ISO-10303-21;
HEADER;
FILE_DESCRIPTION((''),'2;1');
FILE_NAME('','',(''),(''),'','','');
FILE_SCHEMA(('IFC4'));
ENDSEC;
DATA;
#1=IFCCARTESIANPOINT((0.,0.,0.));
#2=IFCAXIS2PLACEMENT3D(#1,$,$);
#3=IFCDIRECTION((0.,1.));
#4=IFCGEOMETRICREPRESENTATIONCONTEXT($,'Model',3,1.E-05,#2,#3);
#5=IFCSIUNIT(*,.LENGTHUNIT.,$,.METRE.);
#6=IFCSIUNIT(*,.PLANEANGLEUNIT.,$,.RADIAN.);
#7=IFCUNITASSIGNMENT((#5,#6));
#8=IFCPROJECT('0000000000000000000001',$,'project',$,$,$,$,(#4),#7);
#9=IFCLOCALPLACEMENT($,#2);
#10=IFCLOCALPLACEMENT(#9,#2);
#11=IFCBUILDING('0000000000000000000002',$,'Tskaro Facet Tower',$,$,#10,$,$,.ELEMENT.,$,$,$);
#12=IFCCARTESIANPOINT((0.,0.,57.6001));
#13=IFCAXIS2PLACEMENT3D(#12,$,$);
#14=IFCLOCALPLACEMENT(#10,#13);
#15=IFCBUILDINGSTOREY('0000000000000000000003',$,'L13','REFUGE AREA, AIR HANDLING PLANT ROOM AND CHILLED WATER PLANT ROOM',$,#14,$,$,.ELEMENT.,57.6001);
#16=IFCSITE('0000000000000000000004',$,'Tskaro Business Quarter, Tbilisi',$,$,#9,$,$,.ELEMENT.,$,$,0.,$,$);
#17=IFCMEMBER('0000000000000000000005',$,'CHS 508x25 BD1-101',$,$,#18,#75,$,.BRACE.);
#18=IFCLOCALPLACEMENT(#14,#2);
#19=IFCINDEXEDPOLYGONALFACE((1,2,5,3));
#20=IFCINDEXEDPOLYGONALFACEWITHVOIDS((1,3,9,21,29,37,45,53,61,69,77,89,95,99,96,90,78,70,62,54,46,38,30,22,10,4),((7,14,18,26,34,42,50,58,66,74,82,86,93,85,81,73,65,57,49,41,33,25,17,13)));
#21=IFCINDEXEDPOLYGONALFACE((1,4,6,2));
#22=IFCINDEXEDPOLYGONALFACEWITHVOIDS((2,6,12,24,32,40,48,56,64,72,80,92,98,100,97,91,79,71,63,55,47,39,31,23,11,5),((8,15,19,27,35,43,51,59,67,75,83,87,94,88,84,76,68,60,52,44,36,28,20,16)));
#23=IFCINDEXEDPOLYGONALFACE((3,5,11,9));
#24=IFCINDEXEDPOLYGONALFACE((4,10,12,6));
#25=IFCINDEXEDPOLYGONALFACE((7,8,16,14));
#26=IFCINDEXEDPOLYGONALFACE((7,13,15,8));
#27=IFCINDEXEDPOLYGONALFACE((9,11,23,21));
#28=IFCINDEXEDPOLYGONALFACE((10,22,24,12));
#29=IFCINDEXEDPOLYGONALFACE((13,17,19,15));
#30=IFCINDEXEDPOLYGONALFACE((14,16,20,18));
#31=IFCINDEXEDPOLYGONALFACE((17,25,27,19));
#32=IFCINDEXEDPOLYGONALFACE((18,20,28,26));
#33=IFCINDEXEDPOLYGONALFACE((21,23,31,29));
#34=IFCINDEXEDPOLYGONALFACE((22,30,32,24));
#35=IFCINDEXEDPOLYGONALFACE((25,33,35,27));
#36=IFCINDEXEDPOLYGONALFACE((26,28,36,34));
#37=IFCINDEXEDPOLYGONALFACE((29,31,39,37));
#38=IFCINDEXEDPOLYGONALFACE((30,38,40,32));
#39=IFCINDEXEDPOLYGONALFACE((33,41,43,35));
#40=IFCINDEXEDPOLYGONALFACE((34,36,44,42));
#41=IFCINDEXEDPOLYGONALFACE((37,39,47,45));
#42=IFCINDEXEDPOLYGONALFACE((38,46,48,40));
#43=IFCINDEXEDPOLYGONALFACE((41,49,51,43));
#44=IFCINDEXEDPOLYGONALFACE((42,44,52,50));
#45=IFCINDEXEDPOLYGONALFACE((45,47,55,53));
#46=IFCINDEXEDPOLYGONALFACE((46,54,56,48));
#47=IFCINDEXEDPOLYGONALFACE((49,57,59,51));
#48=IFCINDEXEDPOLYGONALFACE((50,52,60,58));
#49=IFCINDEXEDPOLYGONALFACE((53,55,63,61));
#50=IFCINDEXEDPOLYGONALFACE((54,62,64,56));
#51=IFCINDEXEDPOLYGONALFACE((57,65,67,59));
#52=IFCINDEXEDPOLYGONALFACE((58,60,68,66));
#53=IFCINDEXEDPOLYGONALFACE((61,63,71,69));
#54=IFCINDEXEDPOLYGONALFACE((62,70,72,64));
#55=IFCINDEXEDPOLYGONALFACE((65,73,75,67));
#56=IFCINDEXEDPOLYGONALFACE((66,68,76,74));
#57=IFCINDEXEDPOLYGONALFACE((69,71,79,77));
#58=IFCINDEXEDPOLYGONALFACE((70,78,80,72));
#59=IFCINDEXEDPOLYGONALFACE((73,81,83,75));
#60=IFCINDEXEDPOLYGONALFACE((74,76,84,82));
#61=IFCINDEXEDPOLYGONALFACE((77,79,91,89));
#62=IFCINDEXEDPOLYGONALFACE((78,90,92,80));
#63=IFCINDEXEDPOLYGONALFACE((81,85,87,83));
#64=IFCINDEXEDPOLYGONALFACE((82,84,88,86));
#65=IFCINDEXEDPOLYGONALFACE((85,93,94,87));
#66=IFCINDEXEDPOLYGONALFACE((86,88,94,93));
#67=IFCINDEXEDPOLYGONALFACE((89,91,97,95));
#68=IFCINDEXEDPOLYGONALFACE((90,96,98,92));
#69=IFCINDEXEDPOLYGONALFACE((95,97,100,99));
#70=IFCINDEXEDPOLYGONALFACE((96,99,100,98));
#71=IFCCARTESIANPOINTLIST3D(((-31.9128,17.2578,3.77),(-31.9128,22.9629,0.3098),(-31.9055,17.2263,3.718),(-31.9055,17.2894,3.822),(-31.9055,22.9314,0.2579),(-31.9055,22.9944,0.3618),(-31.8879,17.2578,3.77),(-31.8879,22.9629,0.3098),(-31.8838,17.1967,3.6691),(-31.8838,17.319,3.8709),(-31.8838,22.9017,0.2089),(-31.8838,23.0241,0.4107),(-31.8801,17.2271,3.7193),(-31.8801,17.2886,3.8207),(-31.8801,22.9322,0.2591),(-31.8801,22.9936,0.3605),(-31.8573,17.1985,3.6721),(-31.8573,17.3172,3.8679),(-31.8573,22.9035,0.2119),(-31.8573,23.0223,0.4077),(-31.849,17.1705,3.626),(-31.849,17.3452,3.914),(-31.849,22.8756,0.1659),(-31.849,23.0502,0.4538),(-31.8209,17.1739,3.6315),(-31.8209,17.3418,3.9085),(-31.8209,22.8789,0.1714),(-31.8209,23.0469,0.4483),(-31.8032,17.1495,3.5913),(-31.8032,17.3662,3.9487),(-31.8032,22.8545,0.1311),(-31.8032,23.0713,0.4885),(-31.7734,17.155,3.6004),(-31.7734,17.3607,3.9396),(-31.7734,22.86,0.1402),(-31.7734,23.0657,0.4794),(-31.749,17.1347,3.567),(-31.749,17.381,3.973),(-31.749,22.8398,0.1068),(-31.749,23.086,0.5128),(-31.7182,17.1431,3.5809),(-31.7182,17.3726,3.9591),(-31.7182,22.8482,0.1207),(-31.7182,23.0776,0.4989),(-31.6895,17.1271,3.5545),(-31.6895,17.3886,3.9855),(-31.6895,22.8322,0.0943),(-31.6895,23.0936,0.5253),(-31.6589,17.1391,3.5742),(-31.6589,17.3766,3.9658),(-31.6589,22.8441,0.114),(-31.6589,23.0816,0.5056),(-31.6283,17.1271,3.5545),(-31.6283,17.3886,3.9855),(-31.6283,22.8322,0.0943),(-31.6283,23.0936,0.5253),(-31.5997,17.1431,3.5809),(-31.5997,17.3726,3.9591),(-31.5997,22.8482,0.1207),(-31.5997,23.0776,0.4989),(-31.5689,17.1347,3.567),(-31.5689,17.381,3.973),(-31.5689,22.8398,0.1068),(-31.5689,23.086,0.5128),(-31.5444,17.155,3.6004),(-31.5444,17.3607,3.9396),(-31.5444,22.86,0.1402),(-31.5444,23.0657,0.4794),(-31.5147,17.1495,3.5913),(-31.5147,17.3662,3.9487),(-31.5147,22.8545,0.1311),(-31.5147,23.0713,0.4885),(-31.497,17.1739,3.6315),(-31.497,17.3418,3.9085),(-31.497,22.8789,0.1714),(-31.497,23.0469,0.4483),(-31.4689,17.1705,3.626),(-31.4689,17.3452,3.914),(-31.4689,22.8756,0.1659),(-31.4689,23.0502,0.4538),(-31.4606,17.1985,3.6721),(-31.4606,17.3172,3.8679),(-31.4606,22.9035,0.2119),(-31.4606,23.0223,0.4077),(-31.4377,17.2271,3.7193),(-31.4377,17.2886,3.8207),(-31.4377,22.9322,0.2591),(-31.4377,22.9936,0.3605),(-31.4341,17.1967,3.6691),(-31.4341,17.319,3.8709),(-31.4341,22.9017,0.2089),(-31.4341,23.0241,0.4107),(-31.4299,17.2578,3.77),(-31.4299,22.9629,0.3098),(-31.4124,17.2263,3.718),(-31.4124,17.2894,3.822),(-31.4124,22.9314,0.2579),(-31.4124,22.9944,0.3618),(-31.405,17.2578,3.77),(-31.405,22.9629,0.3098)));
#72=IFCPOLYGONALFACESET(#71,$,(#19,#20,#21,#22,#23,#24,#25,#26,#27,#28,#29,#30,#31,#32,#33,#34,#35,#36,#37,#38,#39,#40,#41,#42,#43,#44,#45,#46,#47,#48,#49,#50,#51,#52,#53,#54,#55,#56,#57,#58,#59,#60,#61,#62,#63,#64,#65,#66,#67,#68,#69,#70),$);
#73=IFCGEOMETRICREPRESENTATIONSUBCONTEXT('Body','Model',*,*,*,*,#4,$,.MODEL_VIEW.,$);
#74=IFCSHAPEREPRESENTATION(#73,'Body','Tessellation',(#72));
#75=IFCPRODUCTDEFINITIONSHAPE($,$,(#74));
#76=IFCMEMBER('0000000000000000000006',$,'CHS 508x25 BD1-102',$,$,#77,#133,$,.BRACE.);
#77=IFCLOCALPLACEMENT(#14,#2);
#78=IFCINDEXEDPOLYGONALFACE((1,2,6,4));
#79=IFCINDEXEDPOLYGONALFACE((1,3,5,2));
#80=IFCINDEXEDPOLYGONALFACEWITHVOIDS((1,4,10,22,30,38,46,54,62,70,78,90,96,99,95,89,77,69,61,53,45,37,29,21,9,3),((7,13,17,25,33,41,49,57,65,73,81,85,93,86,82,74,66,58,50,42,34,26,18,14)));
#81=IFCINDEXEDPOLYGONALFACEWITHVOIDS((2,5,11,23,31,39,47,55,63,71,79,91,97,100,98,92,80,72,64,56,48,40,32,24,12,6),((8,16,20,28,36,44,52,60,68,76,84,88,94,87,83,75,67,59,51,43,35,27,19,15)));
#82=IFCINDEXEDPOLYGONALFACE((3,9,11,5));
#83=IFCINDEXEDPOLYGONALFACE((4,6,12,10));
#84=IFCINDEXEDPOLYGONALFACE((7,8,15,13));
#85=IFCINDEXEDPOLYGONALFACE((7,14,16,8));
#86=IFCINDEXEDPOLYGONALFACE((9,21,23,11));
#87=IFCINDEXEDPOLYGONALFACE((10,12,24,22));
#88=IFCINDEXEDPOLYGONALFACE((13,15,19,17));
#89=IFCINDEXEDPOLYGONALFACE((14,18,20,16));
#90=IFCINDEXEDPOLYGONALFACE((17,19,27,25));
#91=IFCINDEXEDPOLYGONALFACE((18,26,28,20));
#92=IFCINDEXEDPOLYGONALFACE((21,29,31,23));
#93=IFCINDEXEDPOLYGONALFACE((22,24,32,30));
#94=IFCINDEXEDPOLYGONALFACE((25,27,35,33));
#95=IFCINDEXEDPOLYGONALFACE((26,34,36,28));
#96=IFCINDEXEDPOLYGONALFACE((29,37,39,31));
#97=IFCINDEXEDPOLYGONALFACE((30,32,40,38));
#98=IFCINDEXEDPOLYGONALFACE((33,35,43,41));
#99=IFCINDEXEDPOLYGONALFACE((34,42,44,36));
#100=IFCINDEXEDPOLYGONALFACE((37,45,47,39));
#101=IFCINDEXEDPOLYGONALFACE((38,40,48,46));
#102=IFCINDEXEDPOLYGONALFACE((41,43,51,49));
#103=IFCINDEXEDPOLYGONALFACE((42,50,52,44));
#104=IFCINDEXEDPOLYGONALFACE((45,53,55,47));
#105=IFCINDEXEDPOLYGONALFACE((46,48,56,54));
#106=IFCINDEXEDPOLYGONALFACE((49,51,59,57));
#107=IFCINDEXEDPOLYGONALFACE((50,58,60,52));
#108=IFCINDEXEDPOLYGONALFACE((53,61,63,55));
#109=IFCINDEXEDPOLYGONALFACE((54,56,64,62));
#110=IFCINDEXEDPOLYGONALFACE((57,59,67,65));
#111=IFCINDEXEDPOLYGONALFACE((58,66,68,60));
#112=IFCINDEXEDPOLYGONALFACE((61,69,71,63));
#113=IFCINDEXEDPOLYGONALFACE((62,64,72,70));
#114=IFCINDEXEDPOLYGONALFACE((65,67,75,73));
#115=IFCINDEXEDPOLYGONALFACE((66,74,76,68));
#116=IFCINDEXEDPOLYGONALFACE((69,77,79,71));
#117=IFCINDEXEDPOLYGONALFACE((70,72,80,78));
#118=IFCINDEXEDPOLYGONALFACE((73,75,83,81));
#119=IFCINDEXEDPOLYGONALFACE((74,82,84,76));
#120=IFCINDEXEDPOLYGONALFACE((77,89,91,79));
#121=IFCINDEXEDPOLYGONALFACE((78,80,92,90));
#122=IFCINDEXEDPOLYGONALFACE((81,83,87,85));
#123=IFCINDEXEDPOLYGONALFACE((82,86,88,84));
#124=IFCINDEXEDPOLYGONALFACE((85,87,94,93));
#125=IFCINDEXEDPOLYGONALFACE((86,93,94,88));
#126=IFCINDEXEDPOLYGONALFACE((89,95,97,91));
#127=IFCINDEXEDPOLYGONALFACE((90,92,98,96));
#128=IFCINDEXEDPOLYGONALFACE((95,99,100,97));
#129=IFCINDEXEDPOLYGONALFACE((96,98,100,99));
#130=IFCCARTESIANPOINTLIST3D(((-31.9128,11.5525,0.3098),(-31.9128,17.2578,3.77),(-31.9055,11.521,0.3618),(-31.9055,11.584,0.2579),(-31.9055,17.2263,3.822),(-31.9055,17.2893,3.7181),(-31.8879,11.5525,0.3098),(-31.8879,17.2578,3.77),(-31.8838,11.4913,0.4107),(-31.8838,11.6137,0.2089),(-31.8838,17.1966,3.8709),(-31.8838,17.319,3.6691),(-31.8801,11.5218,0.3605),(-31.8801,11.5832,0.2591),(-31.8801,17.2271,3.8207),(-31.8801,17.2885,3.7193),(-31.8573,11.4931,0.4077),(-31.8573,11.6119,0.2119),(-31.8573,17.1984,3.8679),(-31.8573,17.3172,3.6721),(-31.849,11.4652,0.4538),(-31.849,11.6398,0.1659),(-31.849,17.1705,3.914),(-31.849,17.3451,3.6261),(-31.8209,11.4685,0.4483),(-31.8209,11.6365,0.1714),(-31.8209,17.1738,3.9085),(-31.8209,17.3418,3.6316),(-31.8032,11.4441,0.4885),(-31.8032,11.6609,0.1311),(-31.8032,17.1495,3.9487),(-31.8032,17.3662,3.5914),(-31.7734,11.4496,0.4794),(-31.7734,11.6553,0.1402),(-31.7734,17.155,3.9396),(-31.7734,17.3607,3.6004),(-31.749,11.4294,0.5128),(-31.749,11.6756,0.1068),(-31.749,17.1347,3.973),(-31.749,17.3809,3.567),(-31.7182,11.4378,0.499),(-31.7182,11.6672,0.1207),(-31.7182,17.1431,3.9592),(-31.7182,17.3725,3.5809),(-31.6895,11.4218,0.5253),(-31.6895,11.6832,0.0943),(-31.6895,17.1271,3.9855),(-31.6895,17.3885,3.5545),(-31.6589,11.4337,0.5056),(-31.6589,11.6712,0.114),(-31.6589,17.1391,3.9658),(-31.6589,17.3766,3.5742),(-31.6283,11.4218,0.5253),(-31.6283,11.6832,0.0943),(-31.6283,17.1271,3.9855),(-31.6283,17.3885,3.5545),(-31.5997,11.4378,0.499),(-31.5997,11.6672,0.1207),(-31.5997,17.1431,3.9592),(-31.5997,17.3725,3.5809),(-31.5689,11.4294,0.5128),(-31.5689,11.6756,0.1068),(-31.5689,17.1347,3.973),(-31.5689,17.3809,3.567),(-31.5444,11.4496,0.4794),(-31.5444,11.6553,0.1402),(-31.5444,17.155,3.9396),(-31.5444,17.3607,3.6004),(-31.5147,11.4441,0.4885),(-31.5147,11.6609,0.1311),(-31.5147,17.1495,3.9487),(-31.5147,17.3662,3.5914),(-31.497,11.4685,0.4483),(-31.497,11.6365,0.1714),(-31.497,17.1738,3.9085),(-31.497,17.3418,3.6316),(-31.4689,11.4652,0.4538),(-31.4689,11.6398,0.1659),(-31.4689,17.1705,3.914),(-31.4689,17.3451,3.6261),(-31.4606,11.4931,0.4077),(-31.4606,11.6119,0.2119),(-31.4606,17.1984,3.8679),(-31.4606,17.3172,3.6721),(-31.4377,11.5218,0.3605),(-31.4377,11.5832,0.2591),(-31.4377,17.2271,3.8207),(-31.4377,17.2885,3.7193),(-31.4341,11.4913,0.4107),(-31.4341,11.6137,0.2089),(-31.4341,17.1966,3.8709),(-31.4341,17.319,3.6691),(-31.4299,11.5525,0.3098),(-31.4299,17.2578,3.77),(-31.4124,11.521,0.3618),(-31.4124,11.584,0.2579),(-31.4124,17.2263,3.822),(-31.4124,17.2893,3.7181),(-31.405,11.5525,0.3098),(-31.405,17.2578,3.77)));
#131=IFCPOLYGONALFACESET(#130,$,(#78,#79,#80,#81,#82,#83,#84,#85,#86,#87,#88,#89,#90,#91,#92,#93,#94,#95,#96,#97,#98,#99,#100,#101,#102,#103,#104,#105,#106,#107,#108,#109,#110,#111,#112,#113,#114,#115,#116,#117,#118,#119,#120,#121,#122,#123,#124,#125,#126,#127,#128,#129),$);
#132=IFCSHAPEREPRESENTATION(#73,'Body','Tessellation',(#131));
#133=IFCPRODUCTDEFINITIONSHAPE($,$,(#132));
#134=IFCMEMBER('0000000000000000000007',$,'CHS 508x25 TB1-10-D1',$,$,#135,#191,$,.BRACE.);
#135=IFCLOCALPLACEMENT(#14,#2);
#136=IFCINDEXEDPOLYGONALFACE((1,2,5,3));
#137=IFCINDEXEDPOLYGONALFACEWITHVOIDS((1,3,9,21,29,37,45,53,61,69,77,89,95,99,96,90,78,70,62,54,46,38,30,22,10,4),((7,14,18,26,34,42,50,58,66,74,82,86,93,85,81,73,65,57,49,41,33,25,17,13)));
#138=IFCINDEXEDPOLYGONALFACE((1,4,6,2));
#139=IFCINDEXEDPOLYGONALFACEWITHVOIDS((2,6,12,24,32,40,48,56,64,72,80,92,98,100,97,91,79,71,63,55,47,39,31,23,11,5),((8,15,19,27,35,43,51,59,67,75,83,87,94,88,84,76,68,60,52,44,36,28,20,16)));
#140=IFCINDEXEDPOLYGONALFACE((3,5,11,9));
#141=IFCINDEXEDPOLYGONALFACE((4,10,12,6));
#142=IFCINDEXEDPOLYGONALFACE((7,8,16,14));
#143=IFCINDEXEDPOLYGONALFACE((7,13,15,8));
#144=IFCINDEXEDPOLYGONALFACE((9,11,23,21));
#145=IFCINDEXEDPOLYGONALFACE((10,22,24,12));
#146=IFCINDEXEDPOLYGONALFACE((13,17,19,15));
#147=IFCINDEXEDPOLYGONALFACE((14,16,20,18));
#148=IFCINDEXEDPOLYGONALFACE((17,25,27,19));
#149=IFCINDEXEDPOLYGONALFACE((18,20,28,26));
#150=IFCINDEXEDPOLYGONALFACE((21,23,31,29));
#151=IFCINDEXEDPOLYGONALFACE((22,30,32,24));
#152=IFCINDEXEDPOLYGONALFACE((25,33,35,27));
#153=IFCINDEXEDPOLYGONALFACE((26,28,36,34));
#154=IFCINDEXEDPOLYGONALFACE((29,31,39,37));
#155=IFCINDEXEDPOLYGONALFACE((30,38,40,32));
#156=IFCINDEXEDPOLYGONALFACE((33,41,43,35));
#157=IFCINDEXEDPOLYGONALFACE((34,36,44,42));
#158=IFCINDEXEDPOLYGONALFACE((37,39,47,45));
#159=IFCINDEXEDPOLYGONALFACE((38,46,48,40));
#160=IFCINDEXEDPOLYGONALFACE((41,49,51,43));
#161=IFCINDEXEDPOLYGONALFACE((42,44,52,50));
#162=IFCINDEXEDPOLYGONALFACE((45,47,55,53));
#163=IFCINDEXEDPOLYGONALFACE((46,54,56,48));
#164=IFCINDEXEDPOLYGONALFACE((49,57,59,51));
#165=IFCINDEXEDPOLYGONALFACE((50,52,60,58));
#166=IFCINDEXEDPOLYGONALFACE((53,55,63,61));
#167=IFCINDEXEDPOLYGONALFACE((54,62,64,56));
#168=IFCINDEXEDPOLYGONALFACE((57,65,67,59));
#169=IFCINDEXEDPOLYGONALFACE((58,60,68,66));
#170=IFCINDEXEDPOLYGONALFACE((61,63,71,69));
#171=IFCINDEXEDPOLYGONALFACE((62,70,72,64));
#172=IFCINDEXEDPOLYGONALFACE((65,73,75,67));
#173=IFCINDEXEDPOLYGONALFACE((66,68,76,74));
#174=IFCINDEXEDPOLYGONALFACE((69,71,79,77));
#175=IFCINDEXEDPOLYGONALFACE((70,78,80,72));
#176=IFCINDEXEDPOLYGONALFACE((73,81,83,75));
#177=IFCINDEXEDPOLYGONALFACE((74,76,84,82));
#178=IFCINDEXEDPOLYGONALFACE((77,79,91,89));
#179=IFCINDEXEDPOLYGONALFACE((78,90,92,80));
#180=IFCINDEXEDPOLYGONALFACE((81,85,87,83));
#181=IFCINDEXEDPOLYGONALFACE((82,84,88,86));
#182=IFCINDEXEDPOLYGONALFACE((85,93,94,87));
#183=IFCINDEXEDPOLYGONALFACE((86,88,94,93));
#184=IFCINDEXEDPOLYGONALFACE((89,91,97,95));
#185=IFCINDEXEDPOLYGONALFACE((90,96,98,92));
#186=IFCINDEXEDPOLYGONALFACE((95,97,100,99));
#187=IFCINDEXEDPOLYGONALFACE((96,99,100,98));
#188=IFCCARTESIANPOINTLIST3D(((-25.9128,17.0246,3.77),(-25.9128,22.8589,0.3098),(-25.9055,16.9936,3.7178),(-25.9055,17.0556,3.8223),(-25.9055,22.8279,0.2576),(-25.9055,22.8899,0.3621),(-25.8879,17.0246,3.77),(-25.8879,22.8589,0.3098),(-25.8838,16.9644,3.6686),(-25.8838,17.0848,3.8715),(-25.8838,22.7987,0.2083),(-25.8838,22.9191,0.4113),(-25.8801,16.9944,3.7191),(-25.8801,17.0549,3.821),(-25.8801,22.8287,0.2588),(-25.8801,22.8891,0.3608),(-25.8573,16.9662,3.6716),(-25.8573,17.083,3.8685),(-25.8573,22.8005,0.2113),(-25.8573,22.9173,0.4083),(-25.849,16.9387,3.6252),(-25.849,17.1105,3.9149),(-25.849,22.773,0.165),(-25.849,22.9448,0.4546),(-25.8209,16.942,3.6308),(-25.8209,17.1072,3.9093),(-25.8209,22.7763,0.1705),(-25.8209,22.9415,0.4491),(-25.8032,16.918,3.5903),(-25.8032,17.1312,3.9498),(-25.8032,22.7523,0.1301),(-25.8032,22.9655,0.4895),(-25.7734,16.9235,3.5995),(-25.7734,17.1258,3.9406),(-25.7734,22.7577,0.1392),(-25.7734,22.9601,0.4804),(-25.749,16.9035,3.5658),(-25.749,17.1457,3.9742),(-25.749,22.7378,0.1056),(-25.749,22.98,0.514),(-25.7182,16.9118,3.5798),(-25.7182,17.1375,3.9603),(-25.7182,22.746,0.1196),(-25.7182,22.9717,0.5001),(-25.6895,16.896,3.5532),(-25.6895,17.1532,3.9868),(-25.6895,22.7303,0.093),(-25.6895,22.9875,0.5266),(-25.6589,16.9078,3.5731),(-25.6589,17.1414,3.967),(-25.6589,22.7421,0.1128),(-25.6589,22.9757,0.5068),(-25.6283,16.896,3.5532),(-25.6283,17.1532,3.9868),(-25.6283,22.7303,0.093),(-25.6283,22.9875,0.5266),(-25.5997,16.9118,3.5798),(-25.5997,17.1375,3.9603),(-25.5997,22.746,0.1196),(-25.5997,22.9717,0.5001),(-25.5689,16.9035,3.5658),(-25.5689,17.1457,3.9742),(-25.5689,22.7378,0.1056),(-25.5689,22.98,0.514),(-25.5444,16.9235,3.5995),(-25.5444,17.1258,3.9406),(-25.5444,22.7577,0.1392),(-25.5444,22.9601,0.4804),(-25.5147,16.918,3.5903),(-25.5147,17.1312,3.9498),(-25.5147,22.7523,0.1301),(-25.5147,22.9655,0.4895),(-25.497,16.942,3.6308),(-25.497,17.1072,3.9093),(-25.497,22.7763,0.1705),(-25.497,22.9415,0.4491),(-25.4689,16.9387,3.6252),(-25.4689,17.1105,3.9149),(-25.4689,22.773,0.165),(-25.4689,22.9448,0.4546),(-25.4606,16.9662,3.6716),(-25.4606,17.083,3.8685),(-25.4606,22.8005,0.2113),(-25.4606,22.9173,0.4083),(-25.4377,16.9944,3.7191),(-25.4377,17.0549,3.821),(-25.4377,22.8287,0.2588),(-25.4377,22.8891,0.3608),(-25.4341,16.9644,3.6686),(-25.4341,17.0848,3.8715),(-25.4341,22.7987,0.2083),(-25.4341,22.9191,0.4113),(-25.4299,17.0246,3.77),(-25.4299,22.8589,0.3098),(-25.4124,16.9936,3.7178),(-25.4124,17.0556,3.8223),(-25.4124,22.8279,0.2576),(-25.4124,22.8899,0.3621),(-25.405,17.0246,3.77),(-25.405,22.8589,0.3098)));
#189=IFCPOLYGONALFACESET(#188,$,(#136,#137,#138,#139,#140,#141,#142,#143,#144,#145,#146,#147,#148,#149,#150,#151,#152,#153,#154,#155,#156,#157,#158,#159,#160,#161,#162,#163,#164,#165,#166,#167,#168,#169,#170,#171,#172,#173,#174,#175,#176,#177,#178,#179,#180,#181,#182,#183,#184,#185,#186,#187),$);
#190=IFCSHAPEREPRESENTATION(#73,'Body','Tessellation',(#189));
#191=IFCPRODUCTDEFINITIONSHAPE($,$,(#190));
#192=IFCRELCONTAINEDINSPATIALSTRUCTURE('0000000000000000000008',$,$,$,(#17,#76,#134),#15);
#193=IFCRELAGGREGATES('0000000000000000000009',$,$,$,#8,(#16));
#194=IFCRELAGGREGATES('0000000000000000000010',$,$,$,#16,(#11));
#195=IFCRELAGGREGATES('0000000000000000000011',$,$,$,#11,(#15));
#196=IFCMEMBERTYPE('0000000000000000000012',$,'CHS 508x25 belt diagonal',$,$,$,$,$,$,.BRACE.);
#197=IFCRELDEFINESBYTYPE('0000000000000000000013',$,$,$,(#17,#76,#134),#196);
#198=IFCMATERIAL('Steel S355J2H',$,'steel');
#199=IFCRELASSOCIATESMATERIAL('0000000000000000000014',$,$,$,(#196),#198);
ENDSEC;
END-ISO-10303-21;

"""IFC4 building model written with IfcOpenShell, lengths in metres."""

from ifc_helpers import new_model, si_unit, direction, frame, origin, origin_2d, place, context, subcontext, project, spatial, hollow_circle, extrude, material, material_profile, profile_set, type_object, element, save


model = new_model("IFC4")

# Units and contexts
model_context = context("Model", 3, precision=1e-05, world=origin(), true_north=direction((0.0, 1.0)))
body_context = subcontext(model_context, "Body", "Model", "MODEL_VIEW")
ifc_project = project(units=[si_unit("LENGTHUNIT", "METRE"), si_unit("PLANEANGLEUNIT", "RADIAN")], contexts=[model_context])

# Site, building, storey
site_placement = place(None, origin())
site = spatial("IfcSite", under=ifc_project, at=site_placement, Name="Tskaro Business Quarter, Tbilisi", CompositionType="ELEMENT", RefElevation=0.0)
building_placement = place(site_placement, origin())
building = spatial("IfcBuilding", under=site, at=building_placement, Name="Tskaro Facet Tower", CompositionType="ELEMENT")
storey_placement = place(building_placement, frame((0.0, 0.0, 57.6001)))
storey = spatial("IfcBuildingStorey", under=building, at=storey_placement, Name="L13", Description="REFUGE AREA, AIR HANDLING PLANT ROOM AND CHILLED WATER PLANT ROOM", CompositionType="ELEMENT", Elevation=57.6001)

# Shared definitions
ifc_material_1 = material(Name="Steel S355J2H", Category="steel")

# Members
ifc_material_profile_1 = material_profile(ifc_material_1, hollow_circle(Radius=0.2539, WallThickness=0.0249, at=origin_2d()), Name="CHS 508x25")
ifc_profile_set_1 = profile_set([ifc_material_profile_1], Name="Steel S355J2H")
member_type_1 = type_object("IfcMemberType", Name="CHS 508x25 belt diagonal", PredefinedType="BRACE", material=ifc_profile_set_1)
member_1_placement = place(storey_placement, frame((-31.6589, 22.9629, 0.3098), z_axis=(0.0, -0.855026, 0.518585), x_axis=(1.0, 0.0, 0.0)))
element("IfcMember", 1, at=member_1_placement, inside=storey, type_object=member_type_1, Name="CHS 508x25 BD1-101", PredefinedType="BRACE", context=body_context, shape_type="SweptSolid", body=[
    extrude(hollow_circle(Radius=0.2539, WallThickness=0.0249, at=origin_2d()), origin(), (0.0, 0.0, 1.0), 6.6724),
])
member_2_placement = place(storey_placement, frame((-31.6589, 17.2578, 3.77), z_axis=(0.0, -0.855036, -0.518568), x_axis=(1.0, 0.0, 0.0)))
element("IfcMember", 2, at=member_2_placement, inside=storey, type_object=member_type_1, Name="CHS 508x25 BD1-102", PredefinedType="BRACE", context=body_context, shape_type="SweptSolid", body=[
    extrude(hollow_circle(Radius=0.2539, WallThickness=0.0249, at=origin_2d()), origin(), (0.0, 0.0, 1.0), 6.6726),
])
member_3_placement = place(storey_placement, frame((-25.6589, 22.8589, 0.3098), z_axis=(0.0, -0.860105, 0.510117), x_axis=(1.0, 0.0, 0.0)))
element("IfcMember", 3, at=member_3_placement, inside=storey, type_object=member_type_1, Name="CHS 508x25 TB1-10-D1", PredefinedType="BRACE", context=body_context, shape_type="SweptSolid", body=[
    extrude(hollow_circle(Radius=0.2539, WallThickness=0.0249, at=origin_2d()), origin(), (0.0, 0.0, 1.0), 6.7832),
])

save(model, "model.ifc")
